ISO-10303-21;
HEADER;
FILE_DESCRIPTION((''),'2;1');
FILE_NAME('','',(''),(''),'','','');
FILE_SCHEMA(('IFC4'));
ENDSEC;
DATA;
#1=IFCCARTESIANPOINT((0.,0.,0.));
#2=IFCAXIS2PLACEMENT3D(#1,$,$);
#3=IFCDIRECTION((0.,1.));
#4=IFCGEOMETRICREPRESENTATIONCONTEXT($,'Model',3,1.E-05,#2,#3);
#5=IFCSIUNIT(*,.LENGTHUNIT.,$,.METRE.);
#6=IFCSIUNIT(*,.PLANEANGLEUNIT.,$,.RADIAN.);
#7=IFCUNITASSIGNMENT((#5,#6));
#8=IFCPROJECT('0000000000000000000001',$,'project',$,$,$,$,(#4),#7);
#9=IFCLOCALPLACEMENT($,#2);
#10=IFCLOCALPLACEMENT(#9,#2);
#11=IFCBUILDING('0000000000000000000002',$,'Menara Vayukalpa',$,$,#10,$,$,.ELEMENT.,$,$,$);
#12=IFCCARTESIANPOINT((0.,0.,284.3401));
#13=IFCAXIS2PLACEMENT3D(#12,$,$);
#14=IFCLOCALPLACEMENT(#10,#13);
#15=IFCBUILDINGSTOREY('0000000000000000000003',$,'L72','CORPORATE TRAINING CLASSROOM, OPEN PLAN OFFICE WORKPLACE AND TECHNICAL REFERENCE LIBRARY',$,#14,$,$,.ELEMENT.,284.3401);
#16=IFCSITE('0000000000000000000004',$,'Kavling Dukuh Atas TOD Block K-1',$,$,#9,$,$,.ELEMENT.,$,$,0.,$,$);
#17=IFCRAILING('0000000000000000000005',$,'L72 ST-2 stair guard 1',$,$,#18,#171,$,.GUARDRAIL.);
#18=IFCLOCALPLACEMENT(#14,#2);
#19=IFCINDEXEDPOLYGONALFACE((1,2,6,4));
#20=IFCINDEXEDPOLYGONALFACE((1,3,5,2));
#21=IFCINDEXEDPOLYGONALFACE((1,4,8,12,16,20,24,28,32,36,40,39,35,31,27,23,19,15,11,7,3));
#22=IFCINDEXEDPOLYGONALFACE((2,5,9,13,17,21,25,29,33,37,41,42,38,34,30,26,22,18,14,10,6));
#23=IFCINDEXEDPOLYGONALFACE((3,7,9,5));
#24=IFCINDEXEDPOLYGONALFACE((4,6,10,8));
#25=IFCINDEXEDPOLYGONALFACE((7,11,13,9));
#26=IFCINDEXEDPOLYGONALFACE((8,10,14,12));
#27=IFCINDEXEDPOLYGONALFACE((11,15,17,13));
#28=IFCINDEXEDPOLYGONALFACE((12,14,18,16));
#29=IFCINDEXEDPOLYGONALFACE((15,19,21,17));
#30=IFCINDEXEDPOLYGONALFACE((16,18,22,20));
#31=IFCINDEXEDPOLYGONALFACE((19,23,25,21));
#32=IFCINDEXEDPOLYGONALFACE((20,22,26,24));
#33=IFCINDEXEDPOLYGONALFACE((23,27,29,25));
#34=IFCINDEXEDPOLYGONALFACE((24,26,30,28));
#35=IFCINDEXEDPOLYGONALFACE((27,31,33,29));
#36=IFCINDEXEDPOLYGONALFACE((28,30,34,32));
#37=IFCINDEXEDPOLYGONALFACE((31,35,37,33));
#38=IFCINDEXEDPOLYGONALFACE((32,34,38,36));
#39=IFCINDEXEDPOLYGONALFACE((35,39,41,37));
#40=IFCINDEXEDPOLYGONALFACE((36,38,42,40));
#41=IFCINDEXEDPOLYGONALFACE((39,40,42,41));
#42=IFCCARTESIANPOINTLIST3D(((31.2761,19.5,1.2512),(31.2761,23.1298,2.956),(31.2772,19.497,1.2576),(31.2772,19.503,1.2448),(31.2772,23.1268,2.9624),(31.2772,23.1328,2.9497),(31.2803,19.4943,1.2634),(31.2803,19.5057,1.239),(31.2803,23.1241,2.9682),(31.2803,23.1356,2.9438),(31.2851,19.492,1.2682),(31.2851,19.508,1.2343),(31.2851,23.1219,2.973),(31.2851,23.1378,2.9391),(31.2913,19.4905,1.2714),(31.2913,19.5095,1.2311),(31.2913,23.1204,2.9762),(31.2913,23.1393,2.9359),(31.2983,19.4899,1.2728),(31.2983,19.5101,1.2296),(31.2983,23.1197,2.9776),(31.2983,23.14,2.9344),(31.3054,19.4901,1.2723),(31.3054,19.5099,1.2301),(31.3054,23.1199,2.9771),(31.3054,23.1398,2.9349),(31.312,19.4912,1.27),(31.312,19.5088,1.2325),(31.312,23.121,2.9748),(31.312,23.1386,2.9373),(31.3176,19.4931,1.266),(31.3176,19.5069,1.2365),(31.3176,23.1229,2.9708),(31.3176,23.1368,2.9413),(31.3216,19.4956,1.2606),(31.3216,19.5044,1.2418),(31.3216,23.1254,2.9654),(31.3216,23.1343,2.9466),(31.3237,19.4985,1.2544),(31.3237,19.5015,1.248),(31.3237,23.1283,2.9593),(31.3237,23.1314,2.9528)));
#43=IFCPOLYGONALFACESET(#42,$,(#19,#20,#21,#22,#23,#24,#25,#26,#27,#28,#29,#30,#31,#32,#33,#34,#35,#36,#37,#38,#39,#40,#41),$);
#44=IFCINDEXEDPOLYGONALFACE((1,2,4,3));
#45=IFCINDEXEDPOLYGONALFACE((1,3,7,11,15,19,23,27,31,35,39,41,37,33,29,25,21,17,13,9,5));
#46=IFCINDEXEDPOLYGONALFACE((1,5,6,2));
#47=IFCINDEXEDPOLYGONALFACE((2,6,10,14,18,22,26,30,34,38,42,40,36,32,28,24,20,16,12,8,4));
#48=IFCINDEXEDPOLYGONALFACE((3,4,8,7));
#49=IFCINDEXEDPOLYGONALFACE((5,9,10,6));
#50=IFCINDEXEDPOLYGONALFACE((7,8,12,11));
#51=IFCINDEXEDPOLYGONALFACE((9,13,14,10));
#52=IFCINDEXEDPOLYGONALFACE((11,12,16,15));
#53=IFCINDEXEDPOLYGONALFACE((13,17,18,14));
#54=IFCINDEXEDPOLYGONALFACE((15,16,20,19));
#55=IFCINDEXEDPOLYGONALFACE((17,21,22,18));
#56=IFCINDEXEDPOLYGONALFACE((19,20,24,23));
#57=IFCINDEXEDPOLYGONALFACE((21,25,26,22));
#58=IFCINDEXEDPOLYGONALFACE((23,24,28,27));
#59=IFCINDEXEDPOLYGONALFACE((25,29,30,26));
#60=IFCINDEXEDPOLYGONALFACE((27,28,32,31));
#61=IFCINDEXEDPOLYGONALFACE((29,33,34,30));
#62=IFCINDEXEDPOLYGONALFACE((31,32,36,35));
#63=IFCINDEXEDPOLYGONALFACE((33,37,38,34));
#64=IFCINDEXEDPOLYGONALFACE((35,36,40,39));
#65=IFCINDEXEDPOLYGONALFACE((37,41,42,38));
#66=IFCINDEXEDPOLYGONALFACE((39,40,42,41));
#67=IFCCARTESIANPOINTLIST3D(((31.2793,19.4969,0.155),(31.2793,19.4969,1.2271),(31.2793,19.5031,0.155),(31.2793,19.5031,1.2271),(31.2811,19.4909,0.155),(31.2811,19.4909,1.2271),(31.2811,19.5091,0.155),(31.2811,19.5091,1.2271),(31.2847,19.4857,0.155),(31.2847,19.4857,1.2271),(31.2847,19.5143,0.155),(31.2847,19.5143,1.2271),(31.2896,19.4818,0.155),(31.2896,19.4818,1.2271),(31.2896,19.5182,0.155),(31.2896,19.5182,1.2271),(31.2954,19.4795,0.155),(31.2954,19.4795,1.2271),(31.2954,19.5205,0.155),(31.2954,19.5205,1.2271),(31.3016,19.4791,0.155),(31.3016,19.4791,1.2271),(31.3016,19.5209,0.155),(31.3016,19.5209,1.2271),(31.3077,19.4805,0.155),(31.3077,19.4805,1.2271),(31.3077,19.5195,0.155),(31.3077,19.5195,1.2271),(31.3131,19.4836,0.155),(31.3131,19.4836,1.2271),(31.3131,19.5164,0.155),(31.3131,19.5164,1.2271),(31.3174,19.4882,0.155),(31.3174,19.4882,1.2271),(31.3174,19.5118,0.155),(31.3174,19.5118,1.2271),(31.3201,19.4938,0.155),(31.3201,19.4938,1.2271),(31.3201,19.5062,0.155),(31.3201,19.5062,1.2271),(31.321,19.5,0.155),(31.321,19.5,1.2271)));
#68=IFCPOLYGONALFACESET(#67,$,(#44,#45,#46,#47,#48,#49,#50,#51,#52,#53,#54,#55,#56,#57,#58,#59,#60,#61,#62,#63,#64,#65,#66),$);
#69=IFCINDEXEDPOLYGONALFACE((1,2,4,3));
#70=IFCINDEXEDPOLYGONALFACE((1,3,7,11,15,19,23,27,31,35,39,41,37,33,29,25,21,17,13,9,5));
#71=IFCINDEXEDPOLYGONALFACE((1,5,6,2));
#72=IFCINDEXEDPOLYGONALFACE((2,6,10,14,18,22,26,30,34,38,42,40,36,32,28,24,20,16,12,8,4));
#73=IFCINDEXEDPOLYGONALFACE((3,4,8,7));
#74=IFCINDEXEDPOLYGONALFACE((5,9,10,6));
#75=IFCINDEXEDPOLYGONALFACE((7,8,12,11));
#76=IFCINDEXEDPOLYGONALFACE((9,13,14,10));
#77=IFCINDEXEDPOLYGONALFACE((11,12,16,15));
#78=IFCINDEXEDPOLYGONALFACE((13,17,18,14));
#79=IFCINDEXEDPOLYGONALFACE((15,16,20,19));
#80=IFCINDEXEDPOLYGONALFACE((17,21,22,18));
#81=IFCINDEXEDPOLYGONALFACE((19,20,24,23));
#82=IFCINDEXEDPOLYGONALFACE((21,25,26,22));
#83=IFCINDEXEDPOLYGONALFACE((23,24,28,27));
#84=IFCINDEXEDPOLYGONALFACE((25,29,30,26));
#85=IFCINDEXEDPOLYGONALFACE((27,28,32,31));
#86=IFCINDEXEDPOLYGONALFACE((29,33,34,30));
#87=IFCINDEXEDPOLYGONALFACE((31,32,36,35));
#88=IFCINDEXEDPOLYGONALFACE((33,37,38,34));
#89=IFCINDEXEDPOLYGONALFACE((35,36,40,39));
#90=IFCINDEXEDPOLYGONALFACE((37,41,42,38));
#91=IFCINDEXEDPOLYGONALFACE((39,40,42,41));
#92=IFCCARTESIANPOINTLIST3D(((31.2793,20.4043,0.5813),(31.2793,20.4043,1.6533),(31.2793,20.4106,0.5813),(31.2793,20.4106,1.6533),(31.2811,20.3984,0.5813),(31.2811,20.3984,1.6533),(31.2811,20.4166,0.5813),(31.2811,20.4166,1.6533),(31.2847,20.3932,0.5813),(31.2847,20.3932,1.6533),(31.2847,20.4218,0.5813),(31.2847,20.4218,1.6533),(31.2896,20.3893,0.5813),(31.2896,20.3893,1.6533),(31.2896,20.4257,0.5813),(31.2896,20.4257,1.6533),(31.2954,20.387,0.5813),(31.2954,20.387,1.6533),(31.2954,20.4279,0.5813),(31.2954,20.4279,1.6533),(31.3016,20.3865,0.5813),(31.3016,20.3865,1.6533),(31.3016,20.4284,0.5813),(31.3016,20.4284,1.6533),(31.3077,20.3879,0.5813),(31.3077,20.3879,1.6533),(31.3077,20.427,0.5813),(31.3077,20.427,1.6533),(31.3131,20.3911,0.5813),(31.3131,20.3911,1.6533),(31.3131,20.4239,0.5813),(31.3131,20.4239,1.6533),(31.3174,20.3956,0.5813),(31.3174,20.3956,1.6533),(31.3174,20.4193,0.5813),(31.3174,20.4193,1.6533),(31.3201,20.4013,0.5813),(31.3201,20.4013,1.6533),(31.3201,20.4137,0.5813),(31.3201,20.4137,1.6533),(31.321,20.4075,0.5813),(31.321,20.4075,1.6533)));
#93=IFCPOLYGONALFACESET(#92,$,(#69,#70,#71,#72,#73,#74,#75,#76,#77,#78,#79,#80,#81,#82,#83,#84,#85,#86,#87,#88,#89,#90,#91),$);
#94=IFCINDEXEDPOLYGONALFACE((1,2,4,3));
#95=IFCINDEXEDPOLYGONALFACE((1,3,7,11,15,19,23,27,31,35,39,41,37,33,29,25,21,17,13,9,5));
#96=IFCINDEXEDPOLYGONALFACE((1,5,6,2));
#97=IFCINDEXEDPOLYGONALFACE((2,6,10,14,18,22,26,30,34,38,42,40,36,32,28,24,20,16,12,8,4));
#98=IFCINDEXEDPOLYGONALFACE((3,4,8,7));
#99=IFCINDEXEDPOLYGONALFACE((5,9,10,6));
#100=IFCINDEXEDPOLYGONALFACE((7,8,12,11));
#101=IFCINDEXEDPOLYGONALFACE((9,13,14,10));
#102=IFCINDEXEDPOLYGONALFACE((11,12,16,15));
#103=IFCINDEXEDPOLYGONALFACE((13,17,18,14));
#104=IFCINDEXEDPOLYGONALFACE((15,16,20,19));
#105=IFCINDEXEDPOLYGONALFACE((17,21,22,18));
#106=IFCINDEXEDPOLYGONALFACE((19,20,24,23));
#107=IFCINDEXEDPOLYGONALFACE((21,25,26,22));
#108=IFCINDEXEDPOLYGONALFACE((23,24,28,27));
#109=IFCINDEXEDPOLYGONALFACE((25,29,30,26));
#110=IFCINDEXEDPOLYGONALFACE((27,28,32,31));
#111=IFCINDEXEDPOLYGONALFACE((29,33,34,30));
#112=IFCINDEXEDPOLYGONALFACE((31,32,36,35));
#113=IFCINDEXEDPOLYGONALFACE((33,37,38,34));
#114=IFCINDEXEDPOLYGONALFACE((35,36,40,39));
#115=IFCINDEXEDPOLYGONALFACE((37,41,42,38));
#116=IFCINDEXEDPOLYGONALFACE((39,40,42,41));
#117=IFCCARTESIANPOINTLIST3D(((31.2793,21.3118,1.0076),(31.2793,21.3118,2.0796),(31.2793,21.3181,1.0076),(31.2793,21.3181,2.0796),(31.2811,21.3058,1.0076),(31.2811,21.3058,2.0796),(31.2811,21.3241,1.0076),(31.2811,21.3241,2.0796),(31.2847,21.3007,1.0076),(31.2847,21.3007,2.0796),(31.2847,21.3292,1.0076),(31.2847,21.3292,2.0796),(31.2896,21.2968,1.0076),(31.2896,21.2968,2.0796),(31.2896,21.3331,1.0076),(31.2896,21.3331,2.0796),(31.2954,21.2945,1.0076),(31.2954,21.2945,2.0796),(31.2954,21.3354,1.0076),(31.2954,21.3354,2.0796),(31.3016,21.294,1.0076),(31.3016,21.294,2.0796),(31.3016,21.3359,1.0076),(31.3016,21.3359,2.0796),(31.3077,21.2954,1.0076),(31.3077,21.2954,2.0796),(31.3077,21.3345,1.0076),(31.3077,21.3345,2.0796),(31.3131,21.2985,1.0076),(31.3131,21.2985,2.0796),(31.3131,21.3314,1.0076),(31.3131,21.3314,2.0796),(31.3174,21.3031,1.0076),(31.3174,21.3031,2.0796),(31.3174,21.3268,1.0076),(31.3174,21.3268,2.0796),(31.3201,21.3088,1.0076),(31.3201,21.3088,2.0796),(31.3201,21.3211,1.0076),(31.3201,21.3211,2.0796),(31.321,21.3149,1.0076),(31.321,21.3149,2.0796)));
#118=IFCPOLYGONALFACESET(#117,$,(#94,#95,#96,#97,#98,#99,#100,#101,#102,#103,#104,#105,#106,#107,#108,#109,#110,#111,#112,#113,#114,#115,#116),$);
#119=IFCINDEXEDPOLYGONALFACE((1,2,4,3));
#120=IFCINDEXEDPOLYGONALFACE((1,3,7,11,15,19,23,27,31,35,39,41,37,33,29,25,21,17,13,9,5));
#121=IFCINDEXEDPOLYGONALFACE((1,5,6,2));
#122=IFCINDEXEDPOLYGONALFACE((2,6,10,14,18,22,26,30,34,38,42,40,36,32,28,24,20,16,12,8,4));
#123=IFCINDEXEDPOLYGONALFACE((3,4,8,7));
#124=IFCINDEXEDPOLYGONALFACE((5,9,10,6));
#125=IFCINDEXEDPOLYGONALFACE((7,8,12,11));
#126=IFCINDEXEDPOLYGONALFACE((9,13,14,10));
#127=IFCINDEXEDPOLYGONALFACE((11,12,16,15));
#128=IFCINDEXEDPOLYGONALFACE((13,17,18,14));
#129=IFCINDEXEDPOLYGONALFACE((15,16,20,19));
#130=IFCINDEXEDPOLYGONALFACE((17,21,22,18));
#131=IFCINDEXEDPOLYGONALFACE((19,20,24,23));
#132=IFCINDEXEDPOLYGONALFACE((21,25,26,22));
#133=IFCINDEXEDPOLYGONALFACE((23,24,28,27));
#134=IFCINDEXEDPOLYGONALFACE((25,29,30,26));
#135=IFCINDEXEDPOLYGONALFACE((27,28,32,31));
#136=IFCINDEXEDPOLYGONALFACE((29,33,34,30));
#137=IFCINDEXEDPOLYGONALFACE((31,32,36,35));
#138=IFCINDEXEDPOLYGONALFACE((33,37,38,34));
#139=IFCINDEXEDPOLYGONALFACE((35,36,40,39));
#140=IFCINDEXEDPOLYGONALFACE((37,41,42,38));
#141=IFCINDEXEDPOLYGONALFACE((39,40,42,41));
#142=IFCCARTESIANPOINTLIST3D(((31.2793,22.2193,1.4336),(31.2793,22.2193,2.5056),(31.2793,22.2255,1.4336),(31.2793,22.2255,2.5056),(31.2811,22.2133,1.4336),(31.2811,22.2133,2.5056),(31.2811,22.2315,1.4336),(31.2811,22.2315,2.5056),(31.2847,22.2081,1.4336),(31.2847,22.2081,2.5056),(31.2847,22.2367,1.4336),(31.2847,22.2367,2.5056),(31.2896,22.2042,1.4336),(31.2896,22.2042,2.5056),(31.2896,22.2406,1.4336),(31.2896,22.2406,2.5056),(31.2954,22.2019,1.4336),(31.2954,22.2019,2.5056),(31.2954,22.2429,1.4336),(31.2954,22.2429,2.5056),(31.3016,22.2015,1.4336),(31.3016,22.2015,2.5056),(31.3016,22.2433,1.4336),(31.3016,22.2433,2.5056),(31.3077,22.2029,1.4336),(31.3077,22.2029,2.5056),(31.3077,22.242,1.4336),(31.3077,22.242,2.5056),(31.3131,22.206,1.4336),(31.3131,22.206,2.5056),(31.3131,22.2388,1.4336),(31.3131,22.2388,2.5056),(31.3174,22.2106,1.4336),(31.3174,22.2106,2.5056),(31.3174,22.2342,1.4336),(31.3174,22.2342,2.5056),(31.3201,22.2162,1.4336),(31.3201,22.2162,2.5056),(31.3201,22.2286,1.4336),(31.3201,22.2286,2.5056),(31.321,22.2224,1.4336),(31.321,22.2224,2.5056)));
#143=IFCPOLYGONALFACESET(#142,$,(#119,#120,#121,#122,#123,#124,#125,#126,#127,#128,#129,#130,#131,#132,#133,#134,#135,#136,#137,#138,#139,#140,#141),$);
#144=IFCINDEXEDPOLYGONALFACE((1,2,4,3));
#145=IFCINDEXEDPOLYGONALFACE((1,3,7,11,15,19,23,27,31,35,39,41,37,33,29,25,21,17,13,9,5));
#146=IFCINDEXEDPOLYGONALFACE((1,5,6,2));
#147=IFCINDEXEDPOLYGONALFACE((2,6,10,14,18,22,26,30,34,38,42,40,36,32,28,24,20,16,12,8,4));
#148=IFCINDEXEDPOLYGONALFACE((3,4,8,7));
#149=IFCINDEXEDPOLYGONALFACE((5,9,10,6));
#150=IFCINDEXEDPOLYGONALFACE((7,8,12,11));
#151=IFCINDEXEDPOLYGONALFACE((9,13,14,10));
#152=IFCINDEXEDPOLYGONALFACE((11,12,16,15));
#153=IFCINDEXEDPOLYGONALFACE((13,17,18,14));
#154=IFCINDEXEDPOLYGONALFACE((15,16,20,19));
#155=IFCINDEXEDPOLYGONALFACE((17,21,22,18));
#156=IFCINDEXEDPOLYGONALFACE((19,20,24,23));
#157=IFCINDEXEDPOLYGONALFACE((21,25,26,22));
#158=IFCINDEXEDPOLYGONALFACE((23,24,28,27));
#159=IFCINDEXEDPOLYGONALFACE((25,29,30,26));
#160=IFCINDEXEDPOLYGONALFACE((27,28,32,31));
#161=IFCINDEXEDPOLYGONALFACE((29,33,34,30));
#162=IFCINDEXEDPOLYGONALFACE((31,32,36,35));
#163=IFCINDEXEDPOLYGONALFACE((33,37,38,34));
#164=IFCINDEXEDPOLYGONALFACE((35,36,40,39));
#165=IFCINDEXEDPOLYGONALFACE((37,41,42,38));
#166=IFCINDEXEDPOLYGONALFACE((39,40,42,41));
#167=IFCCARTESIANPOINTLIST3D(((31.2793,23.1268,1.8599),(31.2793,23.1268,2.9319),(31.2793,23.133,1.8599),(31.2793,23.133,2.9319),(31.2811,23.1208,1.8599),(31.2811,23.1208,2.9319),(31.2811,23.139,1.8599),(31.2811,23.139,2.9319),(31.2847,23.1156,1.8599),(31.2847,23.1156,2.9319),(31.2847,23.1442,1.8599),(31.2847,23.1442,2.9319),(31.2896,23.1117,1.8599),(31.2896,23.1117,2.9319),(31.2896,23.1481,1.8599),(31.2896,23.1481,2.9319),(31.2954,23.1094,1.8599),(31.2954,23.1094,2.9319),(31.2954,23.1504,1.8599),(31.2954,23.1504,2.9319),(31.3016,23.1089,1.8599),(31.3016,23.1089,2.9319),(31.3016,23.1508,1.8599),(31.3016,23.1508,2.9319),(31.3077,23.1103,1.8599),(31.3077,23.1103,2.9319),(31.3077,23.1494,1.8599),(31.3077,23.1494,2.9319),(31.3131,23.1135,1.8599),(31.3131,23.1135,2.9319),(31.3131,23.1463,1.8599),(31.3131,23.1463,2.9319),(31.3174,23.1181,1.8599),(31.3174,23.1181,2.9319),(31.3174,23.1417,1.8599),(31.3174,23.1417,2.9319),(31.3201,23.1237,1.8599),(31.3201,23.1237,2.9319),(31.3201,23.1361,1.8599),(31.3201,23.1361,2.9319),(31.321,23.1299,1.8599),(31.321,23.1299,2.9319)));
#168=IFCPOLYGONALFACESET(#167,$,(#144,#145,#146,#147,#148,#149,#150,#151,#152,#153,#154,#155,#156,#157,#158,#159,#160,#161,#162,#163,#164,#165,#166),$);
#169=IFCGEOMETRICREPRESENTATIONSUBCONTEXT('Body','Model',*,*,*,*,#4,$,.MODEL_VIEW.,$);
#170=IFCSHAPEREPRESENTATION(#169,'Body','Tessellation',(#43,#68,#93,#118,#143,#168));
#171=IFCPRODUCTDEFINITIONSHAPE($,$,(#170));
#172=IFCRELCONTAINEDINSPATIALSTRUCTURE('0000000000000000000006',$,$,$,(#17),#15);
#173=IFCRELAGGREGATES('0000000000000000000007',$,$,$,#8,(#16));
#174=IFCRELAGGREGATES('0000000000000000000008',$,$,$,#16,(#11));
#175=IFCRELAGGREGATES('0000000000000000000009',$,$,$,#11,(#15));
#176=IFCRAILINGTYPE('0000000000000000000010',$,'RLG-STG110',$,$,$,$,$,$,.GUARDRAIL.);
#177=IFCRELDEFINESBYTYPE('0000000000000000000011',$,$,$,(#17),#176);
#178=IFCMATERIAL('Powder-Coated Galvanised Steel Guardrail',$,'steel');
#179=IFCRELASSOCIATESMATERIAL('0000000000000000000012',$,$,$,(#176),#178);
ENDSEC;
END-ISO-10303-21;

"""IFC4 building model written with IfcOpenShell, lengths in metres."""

from ifc_helpers import new_model, si_unit, direction, frame, origin, origin_2d, place, context, subcontext, project, spatial, circle, extrude, material, type_object, element, save


model = new_model("IFC4")

# Units and contexts
model_context = context("Model", 3, precision=1e-05, world=origin(), true_north=direction((0.0, 1.0)))
body_context = subcontext(model_context, "Body", "Model", "MODEL_VIEW")
ifc_project = project(units=[si_unit("LENGTHUNIT", "METRE"), si_unit("PLANEANGLEUNIT", "RADIAN")], contexts=[model_context])

# Site, building, storey
site_placement = place(None, origin())
site = spatial("IfcSite", under=ifc_project, at=site_placement, Name="Kavling Dukuh Atas TOD Block K-1", CompositionType="ELEMENT", RefElevation=0.0)
building_placement = place(site_placement, origin())
building = spatial("IfcBuilding", under=site, at=building_placement, Name="Menara Vayukalpa", CompositionType="ELEMENT")
storey_placement = place(building_placement, frame((0.0, 0.0, 284.3401)))
storey = spatial("IfcBuildingStorey", under=building, at=storey_placement, Name="L72", Description="CORPORATE TRAINING CLASSROOM, OPEN PLAN OFFICE WORKPLACE AND TECHNICAL REFERENCE LIBRARY", CompositionType="ELEMENT", Elevation=284.3401)

# Railing
ifc_material_1 = material(Name="Powder-Coated Galvanised Steel Guardrail", Category="steel")
railing_type_1 = type_object("IfcRailingType", Name="RLG-STG110", PredefinedType="GUARDRAIL", material=ifc_material_1)
railing_1_placement = place(storey_placement, frame((31.3, 19.5, 0.155)))
element("IfcRailing", 1, at=railing_1_placement, inside=storey, type_object=railing_type_1, Name="L72 ST-2 stair guard 1", PredefinedType="GUARDRAIL", context=body_context, shape_type="SweptSolid", body=[
    extrude(circle(Radius=0.0239, at=origin_2d()), frame((0.0, 0.0, 1.0962), z_axis=(0.0, 0.90514, 0.425114), x_axis=(-1.0, 0.0, 0.0)), (0.0, 0.0, 1.0), 4.0103),
    extrude(circle(Radius=0.021, at=origin_2d()), origin(), (0.0, 0.0, 1.0), 1.072),
    extrude(circle(Radius=0.021, at=origin_2d()), frame((0.0, 0.9075, 0.4263)), (0.0, 0.0, 1.0), 1.072),
    extrude(circle(Radius=0.021, at=origin_2d()), frame((0.0, 1.8149, 0.8525)), (0.0, 0.0, 1.0), 1.072),
    extrude(circle(Radius=0.021, at=origin_2d()), frame((0.0, 2.7224, 1.2786)), (0.0, 0.0, 1.0), 1.072),
    extrude(circle(Radius=0.021, at=origin_2d()), frame((0.0, 3.6299, 1.7048)), (0.0, 0.0, 1.0), 1.072),
])

save(model, "model.ifc")
